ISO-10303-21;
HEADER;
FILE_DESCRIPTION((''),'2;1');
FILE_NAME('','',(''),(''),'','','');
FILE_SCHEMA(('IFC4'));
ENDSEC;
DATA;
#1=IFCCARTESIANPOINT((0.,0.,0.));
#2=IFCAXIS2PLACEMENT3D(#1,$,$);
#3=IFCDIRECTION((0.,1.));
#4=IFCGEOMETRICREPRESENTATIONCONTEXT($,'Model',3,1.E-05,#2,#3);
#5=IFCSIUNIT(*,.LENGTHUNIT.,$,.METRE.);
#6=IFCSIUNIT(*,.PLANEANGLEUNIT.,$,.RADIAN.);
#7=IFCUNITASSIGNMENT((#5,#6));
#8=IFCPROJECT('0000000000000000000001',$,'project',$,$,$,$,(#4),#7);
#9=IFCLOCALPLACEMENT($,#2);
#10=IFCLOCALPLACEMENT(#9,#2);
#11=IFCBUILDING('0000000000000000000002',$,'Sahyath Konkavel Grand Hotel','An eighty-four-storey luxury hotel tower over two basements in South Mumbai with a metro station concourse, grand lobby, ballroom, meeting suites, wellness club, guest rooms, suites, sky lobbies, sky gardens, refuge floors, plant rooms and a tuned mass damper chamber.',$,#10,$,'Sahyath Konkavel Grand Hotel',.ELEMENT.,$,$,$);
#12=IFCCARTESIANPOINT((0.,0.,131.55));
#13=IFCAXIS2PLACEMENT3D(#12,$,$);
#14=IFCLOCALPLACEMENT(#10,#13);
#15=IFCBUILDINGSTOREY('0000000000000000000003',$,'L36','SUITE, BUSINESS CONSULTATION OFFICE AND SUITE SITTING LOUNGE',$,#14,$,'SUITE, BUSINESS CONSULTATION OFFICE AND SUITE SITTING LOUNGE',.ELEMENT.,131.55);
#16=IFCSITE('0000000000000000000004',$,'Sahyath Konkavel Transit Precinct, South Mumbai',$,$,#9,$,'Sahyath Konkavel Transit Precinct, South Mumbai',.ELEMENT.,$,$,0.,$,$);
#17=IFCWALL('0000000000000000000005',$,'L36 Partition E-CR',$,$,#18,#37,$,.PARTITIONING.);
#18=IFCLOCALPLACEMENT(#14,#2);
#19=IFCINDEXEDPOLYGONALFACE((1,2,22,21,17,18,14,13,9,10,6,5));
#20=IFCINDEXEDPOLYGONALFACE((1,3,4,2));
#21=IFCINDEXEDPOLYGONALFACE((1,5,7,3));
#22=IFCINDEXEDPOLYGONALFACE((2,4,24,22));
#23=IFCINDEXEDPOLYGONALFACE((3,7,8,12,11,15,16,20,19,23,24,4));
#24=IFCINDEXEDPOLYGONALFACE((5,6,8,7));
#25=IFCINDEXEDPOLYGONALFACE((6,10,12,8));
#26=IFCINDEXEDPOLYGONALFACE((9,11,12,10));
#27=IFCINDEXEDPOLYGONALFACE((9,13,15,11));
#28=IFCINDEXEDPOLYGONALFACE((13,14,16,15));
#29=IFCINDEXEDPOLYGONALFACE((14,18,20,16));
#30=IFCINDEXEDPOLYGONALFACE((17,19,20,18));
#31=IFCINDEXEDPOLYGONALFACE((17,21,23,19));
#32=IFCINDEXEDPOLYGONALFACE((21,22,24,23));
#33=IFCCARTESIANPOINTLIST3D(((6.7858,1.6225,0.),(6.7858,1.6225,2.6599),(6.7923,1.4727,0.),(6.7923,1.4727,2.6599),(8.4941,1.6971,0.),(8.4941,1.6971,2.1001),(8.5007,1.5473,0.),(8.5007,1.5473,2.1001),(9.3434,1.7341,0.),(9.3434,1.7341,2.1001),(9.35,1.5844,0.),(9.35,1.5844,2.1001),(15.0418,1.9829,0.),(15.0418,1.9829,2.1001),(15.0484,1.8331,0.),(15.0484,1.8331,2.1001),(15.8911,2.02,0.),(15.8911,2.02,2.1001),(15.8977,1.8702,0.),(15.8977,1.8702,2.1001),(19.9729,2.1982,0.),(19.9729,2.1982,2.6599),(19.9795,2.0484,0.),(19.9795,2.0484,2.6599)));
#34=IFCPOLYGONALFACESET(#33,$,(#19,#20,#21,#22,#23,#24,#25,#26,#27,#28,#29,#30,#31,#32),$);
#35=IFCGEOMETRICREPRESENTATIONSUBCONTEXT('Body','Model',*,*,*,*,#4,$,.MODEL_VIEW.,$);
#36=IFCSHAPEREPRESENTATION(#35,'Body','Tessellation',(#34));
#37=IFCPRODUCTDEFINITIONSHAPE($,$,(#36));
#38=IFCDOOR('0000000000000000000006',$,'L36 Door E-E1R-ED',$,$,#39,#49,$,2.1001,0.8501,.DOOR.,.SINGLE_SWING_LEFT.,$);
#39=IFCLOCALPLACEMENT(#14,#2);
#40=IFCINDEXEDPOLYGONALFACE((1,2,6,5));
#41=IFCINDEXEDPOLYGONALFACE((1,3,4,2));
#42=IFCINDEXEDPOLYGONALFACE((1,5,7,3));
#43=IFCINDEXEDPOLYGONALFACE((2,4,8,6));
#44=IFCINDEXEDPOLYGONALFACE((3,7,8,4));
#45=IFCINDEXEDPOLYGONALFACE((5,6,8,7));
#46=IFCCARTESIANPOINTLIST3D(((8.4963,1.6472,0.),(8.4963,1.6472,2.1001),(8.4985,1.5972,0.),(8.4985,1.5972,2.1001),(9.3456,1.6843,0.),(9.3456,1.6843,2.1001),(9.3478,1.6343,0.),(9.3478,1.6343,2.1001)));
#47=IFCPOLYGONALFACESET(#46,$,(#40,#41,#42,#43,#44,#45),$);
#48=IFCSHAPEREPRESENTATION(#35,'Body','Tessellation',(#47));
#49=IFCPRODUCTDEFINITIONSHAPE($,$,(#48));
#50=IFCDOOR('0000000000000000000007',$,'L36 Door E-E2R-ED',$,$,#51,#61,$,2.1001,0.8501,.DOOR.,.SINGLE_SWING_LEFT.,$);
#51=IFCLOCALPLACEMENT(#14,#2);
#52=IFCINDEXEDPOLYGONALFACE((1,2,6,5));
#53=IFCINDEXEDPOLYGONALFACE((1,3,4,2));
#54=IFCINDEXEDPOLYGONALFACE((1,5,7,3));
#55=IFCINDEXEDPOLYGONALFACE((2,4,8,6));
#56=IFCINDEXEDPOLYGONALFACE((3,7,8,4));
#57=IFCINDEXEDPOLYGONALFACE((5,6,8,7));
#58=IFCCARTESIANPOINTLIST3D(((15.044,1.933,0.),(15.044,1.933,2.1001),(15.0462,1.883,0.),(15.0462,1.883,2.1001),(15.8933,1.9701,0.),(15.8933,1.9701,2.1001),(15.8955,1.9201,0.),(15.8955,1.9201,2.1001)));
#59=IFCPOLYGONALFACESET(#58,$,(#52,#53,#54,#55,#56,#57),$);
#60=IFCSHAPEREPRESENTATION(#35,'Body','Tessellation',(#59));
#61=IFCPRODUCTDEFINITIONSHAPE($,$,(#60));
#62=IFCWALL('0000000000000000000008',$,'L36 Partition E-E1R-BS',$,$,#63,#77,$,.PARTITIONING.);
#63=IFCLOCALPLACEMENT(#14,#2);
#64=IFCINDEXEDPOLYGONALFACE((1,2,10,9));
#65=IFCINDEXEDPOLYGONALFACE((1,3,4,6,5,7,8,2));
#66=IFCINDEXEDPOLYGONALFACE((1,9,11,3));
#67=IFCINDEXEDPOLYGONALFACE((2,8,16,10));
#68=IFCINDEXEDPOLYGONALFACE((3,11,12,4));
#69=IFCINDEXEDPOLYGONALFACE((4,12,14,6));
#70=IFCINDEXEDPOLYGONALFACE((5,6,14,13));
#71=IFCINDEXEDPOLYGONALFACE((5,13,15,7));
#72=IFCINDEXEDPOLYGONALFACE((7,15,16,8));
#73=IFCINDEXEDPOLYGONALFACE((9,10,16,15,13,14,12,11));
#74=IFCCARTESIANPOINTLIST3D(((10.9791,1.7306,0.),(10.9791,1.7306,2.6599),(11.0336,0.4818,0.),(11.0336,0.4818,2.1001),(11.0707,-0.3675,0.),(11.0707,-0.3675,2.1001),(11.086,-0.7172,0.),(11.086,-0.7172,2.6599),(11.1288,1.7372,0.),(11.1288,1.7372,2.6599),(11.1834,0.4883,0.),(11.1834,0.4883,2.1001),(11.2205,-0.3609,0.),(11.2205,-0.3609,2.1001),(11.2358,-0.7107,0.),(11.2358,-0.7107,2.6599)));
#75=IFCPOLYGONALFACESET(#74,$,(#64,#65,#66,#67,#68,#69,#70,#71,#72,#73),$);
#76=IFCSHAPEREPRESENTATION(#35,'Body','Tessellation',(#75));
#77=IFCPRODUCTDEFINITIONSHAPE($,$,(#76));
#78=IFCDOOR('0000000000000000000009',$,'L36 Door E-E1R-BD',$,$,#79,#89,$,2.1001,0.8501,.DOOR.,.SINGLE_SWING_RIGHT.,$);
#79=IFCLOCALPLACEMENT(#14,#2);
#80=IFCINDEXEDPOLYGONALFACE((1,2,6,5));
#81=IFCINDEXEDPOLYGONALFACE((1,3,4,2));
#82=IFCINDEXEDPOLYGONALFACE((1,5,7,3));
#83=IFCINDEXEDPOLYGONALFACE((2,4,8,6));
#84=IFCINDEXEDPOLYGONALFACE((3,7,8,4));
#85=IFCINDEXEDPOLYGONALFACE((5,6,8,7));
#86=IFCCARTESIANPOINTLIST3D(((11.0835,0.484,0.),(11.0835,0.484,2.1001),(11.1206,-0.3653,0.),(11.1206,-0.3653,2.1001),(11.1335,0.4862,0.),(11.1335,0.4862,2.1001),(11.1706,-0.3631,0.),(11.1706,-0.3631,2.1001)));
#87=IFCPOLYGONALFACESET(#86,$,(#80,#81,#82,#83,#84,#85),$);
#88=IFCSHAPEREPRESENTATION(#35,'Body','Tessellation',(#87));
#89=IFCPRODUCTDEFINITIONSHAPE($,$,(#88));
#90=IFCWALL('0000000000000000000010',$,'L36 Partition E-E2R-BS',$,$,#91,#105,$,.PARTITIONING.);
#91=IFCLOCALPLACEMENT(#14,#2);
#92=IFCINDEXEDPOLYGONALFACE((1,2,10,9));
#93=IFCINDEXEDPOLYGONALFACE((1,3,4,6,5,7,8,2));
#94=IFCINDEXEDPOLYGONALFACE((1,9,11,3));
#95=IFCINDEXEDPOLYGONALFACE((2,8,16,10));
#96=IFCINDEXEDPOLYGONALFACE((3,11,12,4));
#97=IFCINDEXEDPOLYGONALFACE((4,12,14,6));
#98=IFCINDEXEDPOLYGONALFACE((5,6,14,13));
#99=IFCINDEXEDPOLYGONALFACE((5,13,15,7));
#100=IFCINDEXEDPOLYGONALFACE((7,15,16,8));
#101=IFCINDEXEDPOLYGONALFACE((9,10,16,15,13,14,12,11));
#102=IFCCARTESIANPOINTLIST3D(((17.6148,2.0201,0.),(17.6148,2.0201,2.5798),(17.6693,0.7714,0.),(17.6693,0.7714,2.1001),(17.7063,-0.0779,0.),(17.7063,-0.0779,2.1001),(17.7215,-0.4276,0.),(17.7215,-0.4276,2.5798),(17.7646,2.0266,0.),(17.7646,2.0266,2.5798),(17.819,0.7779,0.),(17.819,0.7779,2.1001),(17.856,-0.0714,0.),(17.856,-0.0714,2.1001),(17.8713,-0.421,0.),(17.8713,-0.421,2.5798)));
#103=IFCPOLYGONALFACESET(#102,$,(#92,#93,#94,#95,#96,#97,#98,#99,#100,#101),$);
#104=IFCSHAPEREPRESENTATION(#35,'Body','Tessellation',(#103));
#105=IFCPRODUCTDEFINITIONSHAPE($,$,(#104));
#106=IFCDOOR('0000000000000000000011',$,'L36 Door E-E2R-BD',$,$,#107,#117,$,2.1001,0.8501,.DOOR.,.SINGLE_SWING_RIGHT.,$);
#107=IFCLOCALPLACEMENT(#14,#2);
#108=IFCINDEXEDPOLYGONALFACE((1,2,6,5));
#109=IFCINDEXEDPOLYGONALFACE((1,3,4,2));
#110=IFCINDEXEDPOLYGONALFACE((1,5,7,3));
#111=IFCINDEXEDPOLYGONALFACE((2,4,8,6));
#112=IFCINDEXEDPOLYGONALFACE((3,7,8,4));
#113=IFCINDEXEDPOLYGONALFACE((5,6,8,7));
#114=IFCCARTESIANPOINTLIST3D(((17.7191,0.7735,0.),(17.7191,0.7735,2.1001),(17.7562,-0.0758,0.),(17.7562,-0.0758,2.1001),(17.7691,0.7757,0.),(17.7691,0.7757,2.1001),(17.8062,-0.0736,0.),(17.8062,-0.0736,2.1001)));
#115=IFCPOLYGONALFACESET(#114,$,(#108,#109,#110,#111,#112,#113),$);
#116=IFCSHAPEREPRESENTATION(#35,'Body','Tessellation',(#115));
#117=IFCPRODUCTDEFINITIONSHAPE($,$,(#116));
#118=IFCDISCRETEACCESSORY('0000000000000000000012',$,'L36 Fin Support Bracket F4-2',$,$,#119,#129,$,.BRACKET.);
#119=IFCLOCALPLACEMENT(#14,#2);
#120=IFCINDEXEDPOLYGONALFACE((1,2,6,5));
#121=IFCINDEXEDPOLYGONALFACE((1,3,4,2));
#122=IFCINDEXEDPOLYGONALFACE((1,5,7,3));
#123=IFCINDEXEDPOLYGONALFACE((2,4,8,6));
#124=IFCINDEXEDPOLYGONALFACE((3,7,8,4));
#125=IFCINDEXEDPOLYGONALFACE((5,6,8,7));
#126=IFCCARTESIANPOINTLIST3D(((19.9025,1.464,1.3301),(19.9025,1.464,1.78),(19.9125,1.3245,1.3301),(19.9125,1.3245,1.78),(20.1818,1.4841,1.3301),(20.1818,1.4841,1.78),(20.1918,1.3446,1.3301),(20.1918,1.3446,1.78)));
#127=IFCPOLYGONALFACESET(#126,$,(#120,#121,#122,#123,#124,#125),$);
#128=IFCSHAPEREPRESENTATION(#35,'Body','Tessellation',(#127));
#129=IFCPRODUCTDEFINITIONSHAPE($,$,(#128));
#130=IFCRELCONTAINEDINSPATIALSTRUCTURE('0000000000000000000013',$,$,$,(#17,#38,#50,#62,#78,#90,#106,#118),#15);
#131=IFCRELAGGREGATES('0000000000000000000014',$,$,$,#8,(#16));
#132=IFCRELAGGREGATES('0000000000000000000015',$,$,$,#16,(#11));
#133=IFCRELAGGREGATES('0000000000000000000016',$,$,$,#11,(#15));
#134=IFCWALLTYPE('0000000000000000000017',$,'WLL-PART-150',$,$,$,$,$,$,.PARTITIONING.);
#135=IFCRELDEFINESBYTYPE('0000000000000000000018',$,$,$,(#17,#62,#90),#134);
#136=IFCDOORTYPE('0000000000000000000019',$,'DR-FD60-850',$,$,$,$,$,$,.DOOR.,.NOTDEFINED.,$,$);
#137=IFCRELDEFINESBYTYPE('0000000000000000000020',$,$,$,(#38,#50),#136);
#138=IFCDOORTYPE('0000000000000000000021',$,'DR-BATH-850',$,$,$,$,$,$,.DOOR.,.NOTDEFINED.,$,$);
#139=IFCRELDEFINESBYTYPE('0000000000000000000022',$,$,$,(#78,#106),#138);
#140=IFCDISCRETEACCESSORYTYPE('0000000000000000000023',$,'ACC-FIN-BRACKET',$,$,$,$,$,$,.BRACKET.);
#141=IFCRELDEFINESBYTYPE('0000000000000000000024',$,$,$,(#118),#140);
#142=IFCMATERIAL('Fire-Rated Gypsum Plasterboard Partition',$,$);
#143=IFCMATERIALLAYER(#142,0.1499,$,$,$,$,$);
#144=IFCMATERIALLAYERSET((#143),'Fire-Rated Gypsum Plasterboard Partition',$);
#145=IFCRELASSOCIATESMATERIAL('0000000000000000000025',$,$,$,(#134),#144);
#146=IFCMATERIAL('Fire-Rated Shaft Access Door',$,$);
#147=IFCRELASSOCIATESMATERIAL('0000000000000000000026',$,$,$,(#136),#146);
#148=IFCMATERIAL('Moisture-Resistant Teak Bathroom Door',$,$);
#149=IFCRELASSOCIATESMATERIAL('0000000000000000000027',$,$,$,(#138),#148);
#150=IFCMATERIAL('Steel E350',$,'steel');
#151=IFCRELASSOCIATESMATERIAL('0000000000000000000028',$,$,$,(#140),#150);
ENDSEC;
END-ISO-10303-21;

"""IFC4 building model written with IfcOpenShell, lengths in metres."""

from ifc_helpers import new_model, si_unit, direction, frame, frame_2d, origin, origin_2d, place, context, subcontext, project, spatial, rectangle, extrude, source, transform, mapped, material, layer, layer_set, type_object, element, fill, save


model = new_model("IFC4")

# Units and contexts
model_context = context("Model", 3, precision=1e-05, world=origin(), true_north=direction((0.0, 1.0)))
body_context = subcontext(model_context, "Body", "Model", "MODEL_VIEW")
ifc_project = project(units=[si_unit("LENGTHUNIT", "METRE"), si_unit("PLANEANGLEUNIT", "RADIAN")], contexts=[model_context])

# Site, building, storey
site_placement = place(None, origin())
site = spatial("IfcSite", under=ifc_project, at=site_placement, Name="Sahyath Konkavel Transit Precinct, South Mumbai", LongName="Sahyath Konkavel Transit Precinct, South Mumbai", CompositionType="ELEMENT", RefElevation=0.0)
building_placement = place(site_placement, origin())
building = spatial("IfcBuilding", under=site, at=building_placement, Name="Sahyath Konkavel Grand Hotel", Description="An eighty-four-storey luxury hotel tower over two basements in South Mumbai with a metro station concourse, grand lobby, ballroom, meeting suites, wellness club, guest rooms, suites, sky lobbies, sky gardens, refuge floors, plant rooms and a tuned mass damper chamber.", LongName="Sahyath Konkavel Grand Hotel", CompositionType="ELEMENT")
storey_placement = place(building_placement, frame((0.0, 0.0, 131.55)))
storey = spatial("IfcBuildingStorey", under=building, at=storey_placement, Name="L36", Description="SUITE, BUSINESS CONSULTATION OFFICE AND SUITE SITTING LOUNGE", LongName="SUITE, BUSINESS CONSULTATION OFFICE AND SUITE SITTING LOUNGE", CompositionType="ELEMENT", Elevation=131.55)

# Shared definitions
ifc_material_1 = material(Name="Steel E350", Category="steel")

# Wall, openings, doors
ifc_material_2 = material(Name="Fire-Rated Gypsum Plasterboard Partition")
ifc_layer_1 = layer(ifc_material_2, 0.1499)
ifc_layer_set_1 = layer_set([ifc_layer_1], Name="Fire-Rated Gypsum Plasterboard Partition")
wall_type_1 = type_object("IfcWallType", Name="WLL-PART-150", PredefinedType="PARTITIONING", material=ifc_layer_set_1)
wall_1_placement = place(storey_placement, frame((6.7891, 1.5476, 0.0), z_axis=(0.0, 0.0, 1.0), x_axis=(0.999049, 0.043613, 0.0)))
wall_1 = element("IfcWall", 1, at=wall_1_placement, inside=storey, type_object=wall_type_1, Name="L36 Partition E-CR", PredefinedType="PARTITIONING", context=body_context, shape_type="SweptSolid", body=[
    extrude(rectangle(XDim=13.1997, YDim=0.1499, at=frame_2d((6.5999, 0.0))), origin(), (0.0, 0.0, 1.0), 2.6599),
])
opening_1_placement = place(wall_1_placement, frame((1.71, 0.0, 0.0)))
opening_1 = element("IfcOpeningElement", 2, at=opening_1_placement, cuts=wall_1, PredefinedType="OPENING", context=body_context, shape_type="SweptSolid", body=[
    extrude(rectangle(XDim=0.8501, YDim=2.1001, at=frame_2d((0.425, 1.05))), frame((0.0, 0.085, 0.0), z_axis=(0.0, -1.0, 0.0), x_axis=(1.0, 0.0, 0.0)), (0.0, 0.0, 1.0), 0.1699),
])
opening_2_placement = place(wall_1_placement, frame((8.2639, 0.0, 0.0)))
opening_2 = element("IfcOpeningElement", 3, at=opening_2_placement, cuts=wall_1, PredefinedType="OPENING", context=body_context, shape_type="SweptSolid", body=[
    extrude(rectangle(XDim=0.8501, YDim=2.1001, at=frame_2d((0.425, 1.05))), frame((0.0, 0.085, 0.0), z_axis=(0.0, -1.0, 0.0), x_axis=(1.0, 0.0, 0.0)), (0.0, 0.0, 1.0), 0.1699),
])
ifc_material_3 = material(Name="Fire-Rated Shaft Access Door")
door_type_1 = type_object("IfcDoorType", Name="DR-FD60-850", OperationType="NOTDEFINED", PredefinedType="DOOR", material=ifc_material_3)
shared_shape_1 = source(origin(), body_context, "Body", "SweptSolid", [
    extrude(rectangle(XDim=0.8501, YDim=0.05, at=origin_2d()), origin(), (0.0, 0.0, 1.0), 2.1001),
])
door_1_placement = place(opening_1_placement, frame((0.425, 0.0, 0.0)))
door_1 = element("IfcDoor", 4, at=door_1_placement, inside=storey, type_object=door_type_1, Name="L36 Door E-E1R-ED", OperationType="SINGLE_SWING_LEFT", OverallHeight=2.1001, OverallWidth=0.8501, PredefinedType="DOOR", context=body_context, shape_type="MappedRepresentation", body=[
    mapped(shared_shape_1, transform((0.0, 0.0, 0.0), scale=1.0)),
])
fill(opening_1, door_1)
door_2_placement = place(opening_2_placement, frame((0.425, 0.0, 0.0)))
door_2 = element("IfcDoor", 5, at=door_2_placement, inside=storey, type_object=door_type_1, Name="L36 Door E-E2R-ED", OperationType="SINGLE_SWING_LEFT", OverallHeight=2.1001, OverallWidth=0.8501, PredefinedType="DOOR", context=body_context, shape_type="MappedRepresentation", body=[
    mapped(shared_shape_1, transform((0.0, 0.0, 0.0), scale=1.0)),
])
fill(opening_2, door_2)

# Walls, openings, doors
wall_2_placement = place(storey_placement, frame((11.054, 1.7339, 0.0), z_axis=(0.0, 0.0, 1.0), x_axis=(0.043645, -0.999047, 0.0)))
wall_2 = element("IfcWall", 6, at=wall_2_placement, inside=storey, type_object=wall_type_1, Name="L36 Partition E-E1R-BS", PredefinedType="PARTITIONING", context=body_context, shape_type="SweptSolid", body=[
    extrude(rectangle(XDim=2.4502, YDim=0.1499, at=frame_2d((1.2251, 0.0))), origin(), (0.0, 0.0, 1.0), 2.6599),
])
opening_3_placement = place(wall_2_placement, frame((1.25, 0.0, 0.0)))
opening_3 = element("IfcOpeningElement", 7, at=opening_3_placement, cuts=wall_2, PredefinedType="OPENING", context=body_context, shape_type="SweptSolid", body=[
    extrude(rectangle(XDim=0.8501, YDim=2.1001, at=frame_2d((0.425, 1.05))), frame((0.0, 0.085, 0.0), z_axis=(0.0, -1.0, 0.0), x_axis=(1.0, 0.0, 0.0)), (0.0, 0.0, 1.0), 0.1699),
])
ifc_material_4 = material(Name="Moisture-Resistant Teak Bathroom Door")
door_type_2 = type_object("IfcDoorType", Name="DR-BATH-850", OperationType="NOTDEFINED", PredefinedType="DOOR", material=ifc_material_4)
door_3_placement = place(opening_3_placement, frame((0.425, 0.0, 0.0)))
door_3 = element("IfcDoor", 8, at=door_3_placement, inside=storey, type_object=door_type_2, Name="L36 Door E-E1R-BD", OperationType="SINGLE_SWING_RIGHT", OverallHeight=2.1001, OverallWidth=0.8501, PredefinedType="DOOR", context=body_context, shape_type="MappedRepresentation", body=[
    mapped(shared_shape_1, transform((0.0, 0.0, 0.0), scale=1.0)),
])
fill(opening_3, door_3)
wall_3_placement = place(storey_placement, frame((17.6897, 2.0234, 0.0), z_axis=(0.0, 0.0, 1.0), x_axis=(0.04355, -0.999051, 0.0)))
wall_3 = element("IfcWall", 9, at=wall_3_placement, inside=storey, type_object=wall_type_1, Name="L36 Partition E-E2R-BS", PredefinedType="PARTITIONING", context=body_context, shape_type="SweptSolid", body=[
    extrude(rectangle(XDim=2.45, YDim=0.1499, at=frame_2d((1.2251, 0.0))), origin(), (0.0, 0.0, 1.0), 2.5798),
])
opening_4_placement = place(wall_3_placement, frame((1.25, 0.0, 0.0)))
opening_4 = element("IfcOpeningElement", 10, at=opening_4_placement, cuts=wall_3, PredefinedType="OPENING", context=body_context, shape_type="SweptSolid", body=[
    extrude(rectangle(XDim=0.8501, YDim=2.1001, at=frame_2d((0.425, 1.05))), frame((0.0, 0.085, 0.0), z_axis=(0.0, -1.0, 0.0), x_axis=(1.0, 0.0, 0.0)), (0.0, 0.0, 1.0), 0.1699),
])
door_4_placement = place(opening_4_placement, frame((0.425, 0.0, 0.0)))
door_4 = element("IfcDoor", 11, at=door_4_placement, inside=storey, type_object=door_type_2, Name="L36 Door E-E2R-BD", OperationType="SINGLE_SWING_RIGHT", OverallHeight=2.1001, OverallWidth=0.8501, PredefinedType="DOOR", context=body_context, shape_type="MappedRepresentation", body=[
    mapped(shared_shape_1, transform((0.0, 0.0, 0.0), scale=1.0)),
])
fill(opening_4, door_4)

# Discrete accessory
discrete_accessory_type = type_object("IfcDiscreteAccessoryType", Name="ACC-FIN-BRACKET", PredefinedType="BRACKET", material=ifc_material_1)
shared_shape_2 = source(origin(), body_context, "Body", "SweptSolid", [
    extrude(rectangle(XDim=0.28, YDim=0.1399, at=origin_2d()), origin(), (0.0, 0.0, 1.0), 0.45),
])
discrete_accessory_placement = place(storey_placement, frame((20.0471, 1.4043, 1.3301), z_axis=(0.0, 0.0, 1.0), x_axis=(0.997436, 0.071567, 0.0)))
element("IfcDiscreteAccessory", 12, at=discrete_accessory_placement, inside=storey, type_object=discrete_accessory_type, Name="L36 Fin Support Bracket F4-2", PredefinedType="BRACKET", context=body_context, shape_type="MappedRepresentation", body=[
    mapped(shared_shape_2, transform((0.0, 0.0, 0.0), scale=1.0)),
])

save(model, "model.ifc")
